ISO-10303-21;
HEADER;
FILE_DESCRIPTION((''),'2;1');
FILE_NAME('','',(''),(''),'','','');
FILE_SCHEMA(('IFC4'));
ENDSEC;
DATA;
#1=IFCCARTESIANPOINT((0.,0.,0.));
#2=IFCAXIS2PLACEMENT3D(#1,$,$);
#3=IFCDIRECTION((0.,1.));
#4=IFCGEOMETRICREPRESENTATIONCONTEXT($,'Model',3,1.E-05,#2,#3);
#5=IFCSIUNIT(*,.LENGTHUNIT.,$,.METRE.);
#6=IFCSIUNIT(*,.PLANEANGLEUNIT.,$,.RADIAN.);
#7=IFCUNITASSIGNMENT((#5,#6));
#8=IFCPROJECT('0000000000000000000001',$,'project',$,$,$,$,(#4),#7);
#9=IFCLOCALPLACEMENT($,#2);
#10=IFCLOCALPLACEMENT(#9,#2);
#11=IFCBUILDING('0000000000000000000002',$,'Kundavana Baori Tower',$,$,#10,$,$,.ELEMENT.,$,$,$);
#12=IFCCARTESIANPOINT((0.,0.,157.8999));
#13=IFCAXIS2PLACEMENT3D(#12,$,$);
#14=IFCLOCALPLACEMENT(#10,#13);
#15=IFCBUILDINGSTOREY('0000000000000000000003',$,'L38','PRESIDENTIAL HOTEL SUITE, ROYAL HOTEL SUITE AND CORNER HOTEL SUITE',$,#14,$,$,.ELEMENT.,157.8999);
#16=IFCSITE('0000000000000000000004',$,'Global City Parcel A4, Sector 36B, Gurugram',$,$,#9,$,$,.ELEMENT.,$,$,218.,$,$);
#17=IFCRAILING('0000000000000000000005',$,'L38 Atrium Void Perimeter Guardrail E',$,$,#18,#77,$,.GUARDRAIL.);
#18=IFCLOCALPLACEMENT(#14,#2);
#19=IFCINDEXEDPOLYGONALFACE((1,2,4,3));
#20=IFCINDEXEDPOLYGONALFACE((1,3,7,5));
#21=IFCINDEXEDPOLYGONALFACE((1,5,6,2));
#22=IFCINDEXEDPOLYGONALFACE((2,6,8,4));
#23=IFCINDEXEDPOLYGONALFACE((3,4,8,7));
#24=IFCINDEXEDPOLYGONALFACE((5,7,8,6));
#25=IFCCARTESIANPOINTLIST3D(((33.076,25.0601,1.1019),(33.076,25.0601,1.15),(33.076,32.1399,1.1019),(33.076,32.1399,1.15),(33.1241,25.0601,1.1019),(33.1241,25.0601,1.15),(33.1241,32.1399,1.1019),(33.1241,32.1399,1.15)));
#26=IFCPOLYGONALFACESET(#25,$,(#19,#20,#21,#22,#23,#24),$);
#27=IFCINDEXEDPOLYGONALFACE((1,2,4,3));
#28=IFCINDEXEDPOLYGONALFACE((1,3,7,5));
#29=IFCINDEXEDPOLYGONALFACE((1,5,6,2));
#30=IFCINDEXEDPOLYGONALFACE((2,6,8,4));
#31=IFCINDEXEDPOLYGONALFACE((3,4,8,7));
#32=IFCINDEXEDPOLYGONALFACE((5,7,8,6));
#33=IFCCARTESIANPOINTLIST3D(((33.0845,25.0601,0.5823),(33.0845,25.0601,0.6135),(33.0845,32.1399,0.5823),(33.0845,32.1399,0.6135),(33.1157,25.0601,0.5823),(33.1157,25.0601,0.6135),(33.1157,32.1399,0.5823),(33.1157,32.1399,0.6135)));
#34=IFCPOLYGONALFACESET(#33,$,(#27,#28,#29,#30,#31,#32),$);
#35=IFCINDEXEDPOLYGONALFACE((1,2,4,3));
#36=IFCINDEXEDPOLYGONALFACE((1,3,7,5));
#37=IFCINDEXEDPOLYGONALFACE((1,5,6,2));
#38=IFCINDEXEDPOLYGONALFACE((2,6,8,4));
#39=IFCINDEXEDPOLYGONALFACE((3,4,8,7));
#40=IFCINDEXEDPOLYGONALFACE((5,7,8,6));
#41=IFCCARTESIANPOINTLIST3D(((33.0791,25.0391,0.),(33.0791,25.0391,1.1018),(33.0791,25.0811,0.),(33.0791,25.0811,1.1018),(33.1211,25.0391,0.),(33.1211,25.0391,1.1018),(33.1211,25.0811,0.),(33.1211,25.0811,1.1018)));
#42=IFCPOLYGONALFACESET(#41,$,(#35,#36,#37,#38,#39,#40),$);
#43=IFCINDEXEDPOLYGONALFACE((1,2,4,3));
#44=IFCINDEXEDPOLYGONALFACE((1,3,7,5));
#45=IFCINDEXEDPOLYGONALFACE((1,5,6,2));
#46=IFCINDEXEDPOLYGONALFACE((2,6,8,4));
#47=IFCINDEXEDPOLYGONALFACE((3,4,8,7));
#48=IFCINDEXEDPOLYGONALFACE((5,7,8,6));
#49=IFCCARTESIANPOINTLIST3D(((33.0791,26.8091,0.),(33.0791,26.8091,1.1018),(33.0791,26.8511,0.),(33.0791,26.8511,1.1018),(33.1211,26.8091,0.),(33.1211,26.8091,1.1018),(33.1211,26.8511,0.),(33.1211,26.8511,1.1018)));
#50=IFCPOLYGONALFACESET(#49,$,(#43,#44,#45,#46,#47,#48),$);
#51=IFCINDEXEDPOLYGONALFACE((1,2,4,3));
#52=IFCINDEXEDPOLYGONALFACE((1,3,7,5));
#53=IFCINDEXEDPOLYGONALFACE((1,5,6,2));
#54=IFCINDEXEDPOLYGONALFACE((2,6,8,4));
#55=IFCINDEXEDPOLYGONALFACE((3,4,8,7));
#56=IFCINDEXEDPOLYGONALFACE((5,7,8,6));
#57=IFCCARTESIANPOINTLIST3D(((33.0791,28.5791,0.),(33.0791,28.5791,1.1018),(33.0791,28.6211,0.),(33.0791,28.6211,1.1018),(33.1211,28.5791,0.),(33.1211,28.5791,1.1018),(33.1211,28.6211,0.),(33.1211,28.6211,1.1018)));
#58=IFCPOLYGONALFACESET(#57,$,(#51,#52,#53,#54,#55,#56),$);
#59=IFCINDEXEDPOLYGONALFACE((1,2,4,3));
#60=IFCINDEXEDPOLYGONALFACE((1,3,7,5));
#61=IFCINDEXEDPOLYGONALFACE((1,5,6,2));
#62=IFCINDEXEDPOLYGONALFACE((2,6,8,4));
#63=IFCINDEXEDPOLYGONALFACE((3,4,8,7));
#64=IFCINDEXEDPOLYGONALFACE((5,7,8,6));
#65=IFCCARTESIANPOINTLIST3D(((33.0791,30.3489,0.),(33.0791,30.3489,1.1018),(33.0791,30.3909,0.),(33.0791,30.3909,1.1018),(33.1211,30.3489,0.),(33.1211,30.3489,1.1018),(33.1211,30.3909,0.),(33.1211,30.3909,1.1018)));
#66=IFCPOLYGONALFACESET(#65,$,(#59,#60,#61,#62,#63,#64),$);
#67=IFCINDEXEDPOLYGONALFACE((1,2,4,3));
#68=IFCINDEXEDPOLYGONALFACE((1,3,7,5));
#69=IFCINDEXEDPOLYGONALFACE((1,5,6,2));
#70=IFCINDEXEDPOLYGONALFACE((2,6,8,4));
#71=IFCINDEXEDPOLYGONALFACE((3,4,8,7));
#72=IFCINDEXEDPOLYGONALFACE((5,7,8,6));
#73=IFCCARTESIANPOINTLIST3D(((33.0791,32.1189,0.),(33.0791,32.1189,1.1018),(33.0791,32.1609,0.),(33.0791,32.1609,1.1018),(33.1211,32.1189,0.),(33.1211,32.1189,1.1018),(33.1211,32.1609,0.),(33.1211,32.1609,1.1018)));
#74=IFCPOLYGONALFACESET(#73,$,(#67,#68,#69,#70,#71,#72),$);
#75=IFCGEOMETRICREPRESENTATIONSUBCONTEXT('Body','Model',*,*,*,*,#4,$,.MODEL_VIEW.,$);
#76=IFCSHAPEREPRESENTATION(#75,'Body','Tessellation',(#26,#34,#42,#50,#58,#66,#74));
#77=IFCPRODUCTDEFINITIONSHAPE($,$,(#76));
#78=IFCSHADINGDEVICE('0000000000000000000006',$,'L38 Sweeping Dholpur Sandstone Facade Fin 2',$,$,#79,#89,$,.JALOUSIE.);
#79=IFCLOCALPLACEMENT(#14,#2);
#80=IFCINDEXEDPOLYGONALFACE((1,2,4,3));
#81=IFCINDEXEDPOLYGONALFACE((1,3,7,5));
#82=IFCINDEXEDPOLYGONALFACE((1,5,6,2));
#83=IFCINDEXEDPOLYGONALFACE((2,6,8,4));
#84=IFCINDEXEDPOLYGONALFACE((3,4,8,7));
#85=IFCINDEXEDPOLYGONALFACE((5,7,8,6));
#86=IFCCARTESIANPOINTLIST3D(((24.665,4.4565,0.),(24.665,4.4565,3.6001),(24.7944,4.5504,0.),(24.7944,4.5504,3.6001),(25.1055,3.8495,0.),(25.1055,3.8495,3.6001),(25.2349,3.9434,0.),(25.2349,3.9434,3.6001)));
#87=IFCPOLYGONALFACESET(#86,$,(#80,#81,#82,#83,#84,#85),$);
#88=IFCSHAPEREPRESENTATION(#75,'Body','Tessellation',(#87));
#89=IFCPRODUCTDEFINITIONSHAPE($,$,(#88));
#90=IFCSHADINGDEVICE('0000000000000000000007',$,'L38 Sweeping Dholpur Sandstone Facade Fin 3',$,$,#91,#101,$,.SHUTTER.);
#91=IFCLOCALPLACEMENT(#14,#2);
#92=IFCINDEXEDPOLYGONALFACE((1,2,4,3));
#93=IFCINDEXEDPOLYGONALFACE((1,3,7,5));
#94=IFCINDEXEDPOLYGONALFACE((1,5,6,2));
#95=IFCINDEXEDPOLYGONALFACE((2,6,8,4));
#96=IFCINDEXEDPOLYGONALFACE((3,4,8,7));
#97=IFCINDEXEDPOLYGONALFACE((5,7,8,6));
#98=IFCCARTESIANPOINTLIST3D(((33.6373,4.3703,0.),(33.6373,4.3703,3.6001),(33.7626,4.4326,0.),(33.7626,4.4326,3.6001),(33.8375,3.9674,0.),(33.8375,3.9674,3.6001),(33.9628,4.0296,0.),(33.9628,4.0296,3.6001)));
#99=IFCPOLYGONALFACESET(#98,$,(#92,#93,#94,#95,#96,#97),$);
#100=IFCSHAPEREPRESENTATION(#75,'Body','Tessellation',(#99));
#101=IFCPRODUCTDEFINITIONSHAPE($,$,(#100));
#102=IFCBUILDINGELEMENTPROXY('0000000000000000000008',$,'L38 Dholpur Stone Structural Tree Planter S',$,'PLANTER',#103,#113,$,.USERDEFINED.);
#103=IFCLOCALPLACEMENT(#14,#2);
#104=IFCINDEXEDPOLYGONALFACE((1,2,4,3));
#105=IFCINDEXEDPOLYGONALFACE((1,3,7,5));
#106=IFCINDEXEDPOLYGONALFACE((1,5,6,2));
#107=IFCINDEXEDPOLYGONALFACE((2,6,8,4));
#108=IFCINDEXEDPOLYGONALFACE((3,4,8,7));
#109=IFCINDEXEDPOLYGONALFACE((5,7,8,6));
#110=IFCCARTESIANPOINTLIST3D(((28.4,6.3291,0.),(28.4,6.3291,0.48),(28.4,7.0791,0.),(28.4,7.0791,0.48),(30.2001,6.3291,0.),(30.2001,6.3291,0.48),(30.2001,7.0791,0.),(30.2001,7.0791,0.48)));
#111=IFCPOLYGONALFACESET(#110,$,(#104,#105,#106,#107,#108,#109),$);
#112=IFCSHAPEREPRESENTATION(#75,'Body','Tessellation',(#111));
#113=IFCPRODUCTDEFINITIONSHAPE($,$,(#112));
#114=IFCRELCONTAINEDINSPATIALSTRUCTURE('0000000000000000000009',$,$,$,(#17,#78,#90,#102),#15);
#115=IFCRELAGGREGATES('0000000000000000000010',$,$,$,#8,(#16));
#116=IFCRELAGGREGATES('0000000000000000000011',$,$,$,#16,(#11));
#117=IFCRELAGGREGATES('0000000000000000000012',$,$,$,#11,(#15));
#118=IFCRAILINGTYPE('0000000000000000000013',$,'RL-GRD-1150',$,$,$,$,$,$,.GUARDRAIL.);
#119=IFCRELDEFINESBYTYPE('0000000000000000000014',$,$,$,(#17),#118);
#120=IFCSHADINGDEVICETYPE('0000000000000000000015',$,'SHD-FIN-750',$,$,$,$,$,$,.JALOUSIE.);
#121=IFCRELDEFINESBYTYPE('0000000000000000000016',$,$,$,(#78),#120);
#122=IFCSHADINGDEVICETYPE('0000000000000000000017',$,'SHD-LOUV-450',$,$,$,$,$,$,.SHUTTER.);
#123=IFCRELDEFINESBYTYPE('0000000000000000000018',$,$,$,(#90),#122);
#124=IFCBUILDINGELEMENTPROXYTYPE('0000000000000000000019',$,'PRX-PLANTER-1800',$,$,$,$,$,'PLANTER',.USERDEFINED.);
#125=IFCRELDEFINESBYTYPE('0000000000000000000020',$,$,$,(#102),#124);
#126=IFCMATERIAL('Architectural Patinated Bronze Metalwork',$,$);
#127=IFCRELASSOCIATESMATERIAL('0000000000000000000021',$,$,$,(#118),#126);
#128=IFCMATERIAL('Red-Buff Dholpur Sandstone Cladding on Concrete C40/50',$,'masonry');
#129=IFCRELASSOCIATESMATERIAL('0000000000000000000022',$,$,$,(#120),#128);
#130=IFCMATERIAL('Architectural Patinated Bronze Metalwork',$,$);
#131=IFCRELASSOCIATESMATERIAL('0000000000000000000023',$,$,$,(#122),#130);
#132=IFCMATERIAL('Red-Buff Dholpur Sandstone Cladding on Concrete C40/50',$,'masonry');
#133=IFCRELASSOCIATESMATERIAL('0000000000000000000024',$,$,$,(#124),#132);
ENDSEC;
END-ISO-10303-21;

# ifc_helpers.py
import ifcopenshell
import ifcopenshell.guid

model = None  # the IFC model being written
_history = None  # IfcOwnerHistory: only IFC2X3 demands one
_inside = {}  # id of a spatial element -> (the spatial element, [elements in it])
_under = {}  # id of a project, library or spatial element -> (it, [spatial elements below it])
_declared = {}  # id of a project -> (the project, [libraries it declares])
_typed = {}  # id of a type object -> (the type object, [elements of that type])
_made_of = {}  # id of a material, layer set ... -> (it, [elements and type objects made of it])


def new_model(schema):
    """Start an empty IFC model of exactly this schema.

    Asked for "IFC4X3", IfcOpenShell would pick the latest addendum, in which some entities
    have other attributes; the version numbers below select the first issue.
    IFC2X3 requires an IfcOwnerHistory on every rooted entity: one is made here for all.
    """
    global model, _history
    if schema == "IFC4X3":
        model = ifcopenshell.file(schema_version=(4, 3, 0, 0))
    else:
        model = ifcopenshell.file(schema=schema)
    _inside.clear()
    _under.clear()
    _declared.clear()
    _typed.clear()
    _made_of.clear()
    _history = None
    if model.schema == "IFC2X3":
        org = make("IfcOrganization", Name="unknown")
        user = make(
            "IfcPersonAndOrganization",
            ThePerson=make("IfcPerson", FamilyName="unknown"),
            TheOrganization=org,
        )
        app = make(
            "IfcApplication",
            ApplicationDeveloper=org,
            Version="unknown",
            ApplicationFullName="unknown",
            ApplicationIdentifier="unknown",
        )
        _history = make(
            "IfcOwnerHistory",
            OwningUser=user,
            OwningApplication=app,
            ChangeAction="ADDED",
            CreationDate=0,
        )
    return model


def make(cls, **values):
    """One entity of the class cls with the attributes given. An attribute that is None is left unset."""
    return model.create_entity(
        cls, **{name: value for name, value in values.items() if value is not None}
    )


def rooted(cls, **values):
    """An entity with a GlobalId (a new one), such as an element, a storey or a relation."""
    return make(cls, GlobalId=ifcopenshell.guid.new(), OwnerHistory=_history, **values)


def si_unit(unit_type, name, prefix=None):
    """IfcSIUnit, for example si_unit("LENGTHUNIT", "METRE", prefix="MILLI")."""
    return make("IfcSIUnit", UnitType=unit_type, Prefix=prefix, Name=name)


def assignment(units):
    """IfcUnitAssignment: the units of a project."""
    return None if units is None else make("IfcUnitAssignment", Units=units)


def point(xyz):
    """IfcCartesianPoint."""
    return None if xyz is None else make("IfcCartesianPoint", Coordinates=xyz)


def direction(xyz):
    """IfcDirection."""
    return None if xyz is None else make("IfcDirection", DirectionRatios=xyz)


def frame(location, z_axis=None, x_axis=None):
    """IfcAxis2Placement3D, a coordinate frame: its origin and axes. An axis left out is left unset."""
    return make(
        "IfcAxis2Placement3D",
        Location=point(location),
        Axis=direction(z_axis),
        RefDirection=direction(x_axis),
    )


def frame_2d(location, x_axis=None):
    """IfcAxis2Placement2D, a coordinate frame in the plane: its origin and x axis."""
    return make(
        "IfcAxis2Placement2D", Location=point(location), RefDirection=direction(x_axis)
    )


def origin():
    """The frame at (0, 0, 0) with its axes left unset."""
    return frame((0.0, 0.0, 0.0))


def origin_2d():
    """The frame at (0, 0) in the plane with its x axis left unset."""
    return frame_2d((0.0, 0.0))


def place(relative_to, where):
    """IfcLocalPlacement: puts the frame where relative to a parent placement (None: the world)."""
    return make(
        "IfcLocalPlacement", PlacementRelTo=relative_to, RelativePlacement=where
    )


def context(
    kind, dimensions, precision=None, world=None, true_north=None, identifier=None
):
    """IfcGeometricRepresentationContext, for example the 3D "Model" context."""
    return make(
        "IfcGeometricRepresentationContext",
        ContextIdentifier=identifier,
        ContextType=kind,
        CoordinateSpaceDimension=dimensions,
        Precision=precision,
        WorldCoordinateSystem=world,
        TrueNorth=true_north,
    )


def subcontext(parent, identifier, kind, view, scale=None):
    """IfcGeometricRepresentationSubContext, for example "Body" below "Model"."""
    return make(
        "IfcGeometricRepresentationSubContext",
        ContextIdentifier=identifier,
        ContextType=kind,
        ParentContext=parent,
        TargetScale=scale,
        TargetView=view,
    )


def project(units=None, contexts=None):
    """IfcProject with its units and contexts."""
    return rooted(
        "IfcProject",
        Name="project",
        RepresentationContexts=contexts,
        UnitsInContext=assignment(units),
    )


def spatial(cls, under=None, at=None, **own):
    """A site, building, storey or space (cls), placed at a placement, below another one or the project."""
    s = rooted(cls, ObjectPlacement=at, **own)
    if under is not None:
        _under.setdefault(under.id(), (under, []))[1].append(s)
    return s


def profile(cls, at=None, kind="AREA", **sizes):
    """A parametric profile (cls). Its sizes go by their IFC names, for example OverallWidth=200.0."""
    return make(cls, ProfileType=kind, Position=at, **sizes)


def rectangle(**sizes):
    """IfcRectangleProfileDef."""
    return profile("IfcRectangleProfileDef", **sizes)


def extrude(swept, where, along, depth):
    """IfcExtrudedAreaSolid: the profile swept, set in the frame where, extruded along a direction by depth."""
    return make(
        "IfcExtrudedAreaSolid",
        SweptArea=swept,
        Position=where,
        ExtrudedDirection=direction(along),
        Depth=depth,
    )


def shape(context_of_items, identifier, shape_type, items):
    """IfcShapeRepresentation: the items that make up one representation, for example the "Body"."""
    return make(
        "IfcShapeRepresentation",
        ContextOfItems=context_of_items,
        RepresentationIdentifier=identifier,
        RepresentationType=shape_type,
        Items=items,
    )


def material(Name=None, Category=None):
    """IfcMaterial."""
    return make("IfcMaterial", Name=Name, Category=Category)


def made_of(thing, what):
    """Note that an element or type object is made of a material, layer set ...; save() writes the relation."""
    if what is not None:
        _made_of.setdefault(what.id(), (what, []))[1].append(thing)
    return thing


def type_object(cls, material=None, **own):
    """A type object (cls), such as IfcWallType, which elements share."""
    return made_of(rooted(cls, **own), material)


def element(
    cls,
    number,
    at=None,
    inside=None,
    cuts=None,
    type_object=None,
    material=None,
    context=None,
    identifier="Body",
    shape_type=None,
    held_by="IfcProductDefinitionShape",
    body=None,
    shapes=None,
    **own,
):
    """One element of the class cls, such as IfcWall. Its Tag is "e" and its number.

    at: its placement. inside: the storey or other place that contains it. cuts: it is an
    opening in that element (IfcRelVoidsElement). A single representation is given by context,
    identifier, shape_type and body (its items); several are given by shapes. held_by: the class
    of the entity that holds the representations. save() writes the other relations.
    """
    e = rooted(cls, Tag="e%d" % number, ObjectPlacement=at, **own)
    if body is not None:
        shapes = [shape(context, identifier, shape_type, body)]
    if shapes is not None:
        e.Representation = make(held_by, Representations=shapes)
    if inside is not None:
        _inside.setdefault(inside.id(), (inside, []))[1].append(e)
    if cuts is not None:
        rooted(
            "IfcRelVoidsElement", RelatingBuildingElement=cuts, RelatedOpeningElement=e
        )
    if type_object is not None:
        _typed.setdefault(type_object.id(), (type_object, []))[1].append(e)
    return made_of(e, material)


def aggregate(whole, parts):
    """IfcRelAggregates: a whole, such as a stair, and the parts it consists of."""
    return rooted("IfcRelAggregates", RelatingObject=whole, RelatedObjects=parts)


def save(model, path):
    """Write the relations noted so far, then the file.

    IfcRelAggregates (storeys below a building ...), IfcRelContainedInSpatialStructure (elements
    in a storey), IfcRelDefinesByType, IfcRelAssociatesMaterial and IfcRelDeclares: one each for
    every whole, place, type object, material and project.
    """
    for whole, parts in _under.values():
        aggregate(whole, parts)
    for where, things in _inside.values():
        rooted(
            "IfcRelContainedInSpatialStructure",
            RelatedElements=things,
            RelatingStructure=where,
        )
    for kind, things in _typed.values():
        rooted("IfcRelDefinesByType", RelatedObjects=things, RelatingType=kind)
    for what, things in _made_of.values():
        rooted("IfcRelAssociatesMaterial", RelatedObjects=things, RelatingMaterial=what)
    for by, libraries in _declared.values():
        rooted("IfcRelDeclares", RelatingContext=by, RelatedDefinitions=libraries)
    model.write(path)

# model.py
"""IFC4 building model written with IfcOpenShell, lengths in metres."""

from ifc_helpers import new_model, si_unit, direction, frame, origin, origin_2d, place, context, subcontext, project, spatial, rectangle, extrude, material, type_object, element, save


model = new_model("IFC4")

# Units and contexts
model_context = context("Model", 3, precision=1e-05, world=origin(), true_north=direction((0.0, 1.0)))
body_context = subcontext(model_context, "Body", "Model", "MODEL_VIEW")
ifc_project = project(units=[si_unit("LENGTHUNIT", "METRE"), si_unit("PLANEANGLEUNIT", "RADIAN")], contexts=[model_context])

# Site, building, storey
site_placement = place(None, origin())
site = spatial("IfcSite", under=ifc_project, at=site_placement, Name="Global City Parcel A4, Sector 36B, Gurugram", CompositionType="ELEMENT", RefElevation=218.0)
building_placement = place(site_placement, origin())
building = spatial("IfcBuilding", under=site, at=building_placement, Name="Kundavana Baori Tower", CompositionType="ELEMENT")
storey_placement = place(building_placement, frame((0.0, 0.0, 157.8999)))
storey = spatial("IfcBuildingStorey", under=building, at=storey_placement, Name="L38", Description="PRESIDENTIAL HOTEL SUITE, ROYAL HOTEL SUITE AND CORNER HOTEL SUITE", CompositionType="ELEMENT", Elevation=157.8999)

# Railing
ifc_material_1 = material(Name="Architectural Patinated Bronze Metalwork")
railing_type = type_object("IfcRailingType", Name="RL-GRD-1150", PredefinedType="GUARDRAIL", material=ifc_material_1)
railing_1_placement = place(storey_placement, frame((33.1001, 25.0601, 0.0)))
element("IfcRailing", 1, at=railing_1_placement, inside=storey, type_object=railing_type, Name="L38 Atrium Void Perimeter Guardrail E", PredefinedType="GUARDRAIL", context=body_context, shape_type="SweptSolid", body=[
    extrude(rectangle(XDim=0.0481, YDim=0.0481, at=origin_2d()), frame((0.0, 0.0, 1.126), z_axis=(0.0, 1.0, 0.0), x_axis=(-1.0, 0.0, 0.0)), (0.0, 0.0, 1.0), 7.0798),
    extrude(rectangle(XDim=0.0312, YDim=0.0312, at=origin_2d()), frame((0.0, 0.0, 0.5979), z_axis=(0.0, 1.0, 0.0), x_axis=(-1.0, 0.0, 0.0)), (0.0, 0.0, 1.0), 7.0798),
    extrude(rectangle(XDim=0.042, YDim=0.042, at=origin_2d()), origin(), (0.0, 0.0, 1.0), 1.1018),
    extrude(rectangle(XDim=0.042, YDim=0.042, at=origin_2d()), frame((0.0, 1.77, 0.0)), (0.0, 0.0, 1.0), 1.1018),
    extrude(rectangle(XDim=0.042, YDim=0.042, at=origin_2d()), frame((0.0, 3.54, 0.0)), (0.0, 0.0, 1.0), 1.1018),
    extrude(rectangle(XDim=0.042, YDim=0.042, at=origin_2d()), frame((0.0, 5.3098, 0.0)), (0.0, 0.0, 1.0), 1.1018),
    extrude(rectangle(XDim=0.042, YDim=0.042, at=origin_2d()), frame((0.0, 7.0798, 0.0)), (0.0, 0.0, 1.0), 1.1018),
])

# Shading devices
ifc_material_2 = material(Name="Red-Buff Dholpur Sandstone Cladding on Concrete C40/50", Category="masonry")
shading_device_type_1 = type_object("IfcShadingDeviceType", Name="SHD-FIN-750", PredefinedType="JALOUSIE", material=ifc_material_2)
shading_device_1_placement = place(storey_placement, frame((24.95, 4.2, 0.0), z_axis=(0.0, 0.0, 1.0), x_axis=(0.809325, 0.587362, 0.0)))
element("IfcShadingDevice", 2, at=shading_device_1_placement, inside=storey, type_object=shading_device_type_1, Name="L38 Sweeping Dholpur Sandstone Facade Fin 2", PredefinedType="JALOUSIE", context=body_context, shape_type="SweptSolid", body=[
    extrude(rectangle(XDim=0.1599, YDim=0.75, at=origin_2d()), origin(), (0.0, 0.0, 1.0), 3.6001),
])
ifc_material_3 = material(Name="Architectural Patinated Bronze Metalwork")
shading_device_type_2 = type_object("IfcShadingDeviceType", Name="SHD-LOUV-450", PredefinedType="SHUTTER", material=ifc_material_3)
shading_device_2_placement = place(storey_placement, frame((33.8, 4.2, 0.0), z_axis=(0.0, 0.0, 1.0), x_axis=(0.895556, 0.444948, 0.0)))
element("IfcShadingDevice", 3, at=shading_device_2_placement, inside=storey, type_object=shading_device_type_2, Name="L38 Sweeping Dholpur Sandstone Facade Fin 3", PredefinedType="SHUTTER", context=body_context, shape_type="SweptSolid", body=[
    extrude(rectangle(XDim=0.1399, YDim=0.45, at=origin_2d()), origin(), (0.0, 0.0, 1.0), 3.6001),
])

# Building element proxy
ifc_material_4 = material(Name="Red-Buff Dholpur Sandstone Cladding on Concrete C40/50", Category="masonry")
building_element_proxy_type = type_object("IfcBuildingElementProxyType", Name="PRX-PLANTER-1800", ElementType="PLANTER", PredefinedType="USERDEFINED", material=ifc_material_4)
proxy_placement = place(storey_placement, frame((29.3, 6.7041, 0.0), z_axis=(0.0, 0.0, 1.0), x_axis=(1.0, 0.0, 0.0)))
element("IfcBuildingElementProxy", 4, at=proxy_placement, inside=storey, type_object=building_element_proxy_type, Name="L38 Dholpur Stone Structural Tree Planter S", ObjectType="PLANTER", PredefinedType="USERDEFINED", context=body_context, shape_type="SweptSolid", body=[
    extrude(rectangle(XDim=1.8, YDim=0.75, at=origin_2d()), origin(), (0.0, 0.0, 1.0), 0.48),
])

save(model, "model.ifc")
